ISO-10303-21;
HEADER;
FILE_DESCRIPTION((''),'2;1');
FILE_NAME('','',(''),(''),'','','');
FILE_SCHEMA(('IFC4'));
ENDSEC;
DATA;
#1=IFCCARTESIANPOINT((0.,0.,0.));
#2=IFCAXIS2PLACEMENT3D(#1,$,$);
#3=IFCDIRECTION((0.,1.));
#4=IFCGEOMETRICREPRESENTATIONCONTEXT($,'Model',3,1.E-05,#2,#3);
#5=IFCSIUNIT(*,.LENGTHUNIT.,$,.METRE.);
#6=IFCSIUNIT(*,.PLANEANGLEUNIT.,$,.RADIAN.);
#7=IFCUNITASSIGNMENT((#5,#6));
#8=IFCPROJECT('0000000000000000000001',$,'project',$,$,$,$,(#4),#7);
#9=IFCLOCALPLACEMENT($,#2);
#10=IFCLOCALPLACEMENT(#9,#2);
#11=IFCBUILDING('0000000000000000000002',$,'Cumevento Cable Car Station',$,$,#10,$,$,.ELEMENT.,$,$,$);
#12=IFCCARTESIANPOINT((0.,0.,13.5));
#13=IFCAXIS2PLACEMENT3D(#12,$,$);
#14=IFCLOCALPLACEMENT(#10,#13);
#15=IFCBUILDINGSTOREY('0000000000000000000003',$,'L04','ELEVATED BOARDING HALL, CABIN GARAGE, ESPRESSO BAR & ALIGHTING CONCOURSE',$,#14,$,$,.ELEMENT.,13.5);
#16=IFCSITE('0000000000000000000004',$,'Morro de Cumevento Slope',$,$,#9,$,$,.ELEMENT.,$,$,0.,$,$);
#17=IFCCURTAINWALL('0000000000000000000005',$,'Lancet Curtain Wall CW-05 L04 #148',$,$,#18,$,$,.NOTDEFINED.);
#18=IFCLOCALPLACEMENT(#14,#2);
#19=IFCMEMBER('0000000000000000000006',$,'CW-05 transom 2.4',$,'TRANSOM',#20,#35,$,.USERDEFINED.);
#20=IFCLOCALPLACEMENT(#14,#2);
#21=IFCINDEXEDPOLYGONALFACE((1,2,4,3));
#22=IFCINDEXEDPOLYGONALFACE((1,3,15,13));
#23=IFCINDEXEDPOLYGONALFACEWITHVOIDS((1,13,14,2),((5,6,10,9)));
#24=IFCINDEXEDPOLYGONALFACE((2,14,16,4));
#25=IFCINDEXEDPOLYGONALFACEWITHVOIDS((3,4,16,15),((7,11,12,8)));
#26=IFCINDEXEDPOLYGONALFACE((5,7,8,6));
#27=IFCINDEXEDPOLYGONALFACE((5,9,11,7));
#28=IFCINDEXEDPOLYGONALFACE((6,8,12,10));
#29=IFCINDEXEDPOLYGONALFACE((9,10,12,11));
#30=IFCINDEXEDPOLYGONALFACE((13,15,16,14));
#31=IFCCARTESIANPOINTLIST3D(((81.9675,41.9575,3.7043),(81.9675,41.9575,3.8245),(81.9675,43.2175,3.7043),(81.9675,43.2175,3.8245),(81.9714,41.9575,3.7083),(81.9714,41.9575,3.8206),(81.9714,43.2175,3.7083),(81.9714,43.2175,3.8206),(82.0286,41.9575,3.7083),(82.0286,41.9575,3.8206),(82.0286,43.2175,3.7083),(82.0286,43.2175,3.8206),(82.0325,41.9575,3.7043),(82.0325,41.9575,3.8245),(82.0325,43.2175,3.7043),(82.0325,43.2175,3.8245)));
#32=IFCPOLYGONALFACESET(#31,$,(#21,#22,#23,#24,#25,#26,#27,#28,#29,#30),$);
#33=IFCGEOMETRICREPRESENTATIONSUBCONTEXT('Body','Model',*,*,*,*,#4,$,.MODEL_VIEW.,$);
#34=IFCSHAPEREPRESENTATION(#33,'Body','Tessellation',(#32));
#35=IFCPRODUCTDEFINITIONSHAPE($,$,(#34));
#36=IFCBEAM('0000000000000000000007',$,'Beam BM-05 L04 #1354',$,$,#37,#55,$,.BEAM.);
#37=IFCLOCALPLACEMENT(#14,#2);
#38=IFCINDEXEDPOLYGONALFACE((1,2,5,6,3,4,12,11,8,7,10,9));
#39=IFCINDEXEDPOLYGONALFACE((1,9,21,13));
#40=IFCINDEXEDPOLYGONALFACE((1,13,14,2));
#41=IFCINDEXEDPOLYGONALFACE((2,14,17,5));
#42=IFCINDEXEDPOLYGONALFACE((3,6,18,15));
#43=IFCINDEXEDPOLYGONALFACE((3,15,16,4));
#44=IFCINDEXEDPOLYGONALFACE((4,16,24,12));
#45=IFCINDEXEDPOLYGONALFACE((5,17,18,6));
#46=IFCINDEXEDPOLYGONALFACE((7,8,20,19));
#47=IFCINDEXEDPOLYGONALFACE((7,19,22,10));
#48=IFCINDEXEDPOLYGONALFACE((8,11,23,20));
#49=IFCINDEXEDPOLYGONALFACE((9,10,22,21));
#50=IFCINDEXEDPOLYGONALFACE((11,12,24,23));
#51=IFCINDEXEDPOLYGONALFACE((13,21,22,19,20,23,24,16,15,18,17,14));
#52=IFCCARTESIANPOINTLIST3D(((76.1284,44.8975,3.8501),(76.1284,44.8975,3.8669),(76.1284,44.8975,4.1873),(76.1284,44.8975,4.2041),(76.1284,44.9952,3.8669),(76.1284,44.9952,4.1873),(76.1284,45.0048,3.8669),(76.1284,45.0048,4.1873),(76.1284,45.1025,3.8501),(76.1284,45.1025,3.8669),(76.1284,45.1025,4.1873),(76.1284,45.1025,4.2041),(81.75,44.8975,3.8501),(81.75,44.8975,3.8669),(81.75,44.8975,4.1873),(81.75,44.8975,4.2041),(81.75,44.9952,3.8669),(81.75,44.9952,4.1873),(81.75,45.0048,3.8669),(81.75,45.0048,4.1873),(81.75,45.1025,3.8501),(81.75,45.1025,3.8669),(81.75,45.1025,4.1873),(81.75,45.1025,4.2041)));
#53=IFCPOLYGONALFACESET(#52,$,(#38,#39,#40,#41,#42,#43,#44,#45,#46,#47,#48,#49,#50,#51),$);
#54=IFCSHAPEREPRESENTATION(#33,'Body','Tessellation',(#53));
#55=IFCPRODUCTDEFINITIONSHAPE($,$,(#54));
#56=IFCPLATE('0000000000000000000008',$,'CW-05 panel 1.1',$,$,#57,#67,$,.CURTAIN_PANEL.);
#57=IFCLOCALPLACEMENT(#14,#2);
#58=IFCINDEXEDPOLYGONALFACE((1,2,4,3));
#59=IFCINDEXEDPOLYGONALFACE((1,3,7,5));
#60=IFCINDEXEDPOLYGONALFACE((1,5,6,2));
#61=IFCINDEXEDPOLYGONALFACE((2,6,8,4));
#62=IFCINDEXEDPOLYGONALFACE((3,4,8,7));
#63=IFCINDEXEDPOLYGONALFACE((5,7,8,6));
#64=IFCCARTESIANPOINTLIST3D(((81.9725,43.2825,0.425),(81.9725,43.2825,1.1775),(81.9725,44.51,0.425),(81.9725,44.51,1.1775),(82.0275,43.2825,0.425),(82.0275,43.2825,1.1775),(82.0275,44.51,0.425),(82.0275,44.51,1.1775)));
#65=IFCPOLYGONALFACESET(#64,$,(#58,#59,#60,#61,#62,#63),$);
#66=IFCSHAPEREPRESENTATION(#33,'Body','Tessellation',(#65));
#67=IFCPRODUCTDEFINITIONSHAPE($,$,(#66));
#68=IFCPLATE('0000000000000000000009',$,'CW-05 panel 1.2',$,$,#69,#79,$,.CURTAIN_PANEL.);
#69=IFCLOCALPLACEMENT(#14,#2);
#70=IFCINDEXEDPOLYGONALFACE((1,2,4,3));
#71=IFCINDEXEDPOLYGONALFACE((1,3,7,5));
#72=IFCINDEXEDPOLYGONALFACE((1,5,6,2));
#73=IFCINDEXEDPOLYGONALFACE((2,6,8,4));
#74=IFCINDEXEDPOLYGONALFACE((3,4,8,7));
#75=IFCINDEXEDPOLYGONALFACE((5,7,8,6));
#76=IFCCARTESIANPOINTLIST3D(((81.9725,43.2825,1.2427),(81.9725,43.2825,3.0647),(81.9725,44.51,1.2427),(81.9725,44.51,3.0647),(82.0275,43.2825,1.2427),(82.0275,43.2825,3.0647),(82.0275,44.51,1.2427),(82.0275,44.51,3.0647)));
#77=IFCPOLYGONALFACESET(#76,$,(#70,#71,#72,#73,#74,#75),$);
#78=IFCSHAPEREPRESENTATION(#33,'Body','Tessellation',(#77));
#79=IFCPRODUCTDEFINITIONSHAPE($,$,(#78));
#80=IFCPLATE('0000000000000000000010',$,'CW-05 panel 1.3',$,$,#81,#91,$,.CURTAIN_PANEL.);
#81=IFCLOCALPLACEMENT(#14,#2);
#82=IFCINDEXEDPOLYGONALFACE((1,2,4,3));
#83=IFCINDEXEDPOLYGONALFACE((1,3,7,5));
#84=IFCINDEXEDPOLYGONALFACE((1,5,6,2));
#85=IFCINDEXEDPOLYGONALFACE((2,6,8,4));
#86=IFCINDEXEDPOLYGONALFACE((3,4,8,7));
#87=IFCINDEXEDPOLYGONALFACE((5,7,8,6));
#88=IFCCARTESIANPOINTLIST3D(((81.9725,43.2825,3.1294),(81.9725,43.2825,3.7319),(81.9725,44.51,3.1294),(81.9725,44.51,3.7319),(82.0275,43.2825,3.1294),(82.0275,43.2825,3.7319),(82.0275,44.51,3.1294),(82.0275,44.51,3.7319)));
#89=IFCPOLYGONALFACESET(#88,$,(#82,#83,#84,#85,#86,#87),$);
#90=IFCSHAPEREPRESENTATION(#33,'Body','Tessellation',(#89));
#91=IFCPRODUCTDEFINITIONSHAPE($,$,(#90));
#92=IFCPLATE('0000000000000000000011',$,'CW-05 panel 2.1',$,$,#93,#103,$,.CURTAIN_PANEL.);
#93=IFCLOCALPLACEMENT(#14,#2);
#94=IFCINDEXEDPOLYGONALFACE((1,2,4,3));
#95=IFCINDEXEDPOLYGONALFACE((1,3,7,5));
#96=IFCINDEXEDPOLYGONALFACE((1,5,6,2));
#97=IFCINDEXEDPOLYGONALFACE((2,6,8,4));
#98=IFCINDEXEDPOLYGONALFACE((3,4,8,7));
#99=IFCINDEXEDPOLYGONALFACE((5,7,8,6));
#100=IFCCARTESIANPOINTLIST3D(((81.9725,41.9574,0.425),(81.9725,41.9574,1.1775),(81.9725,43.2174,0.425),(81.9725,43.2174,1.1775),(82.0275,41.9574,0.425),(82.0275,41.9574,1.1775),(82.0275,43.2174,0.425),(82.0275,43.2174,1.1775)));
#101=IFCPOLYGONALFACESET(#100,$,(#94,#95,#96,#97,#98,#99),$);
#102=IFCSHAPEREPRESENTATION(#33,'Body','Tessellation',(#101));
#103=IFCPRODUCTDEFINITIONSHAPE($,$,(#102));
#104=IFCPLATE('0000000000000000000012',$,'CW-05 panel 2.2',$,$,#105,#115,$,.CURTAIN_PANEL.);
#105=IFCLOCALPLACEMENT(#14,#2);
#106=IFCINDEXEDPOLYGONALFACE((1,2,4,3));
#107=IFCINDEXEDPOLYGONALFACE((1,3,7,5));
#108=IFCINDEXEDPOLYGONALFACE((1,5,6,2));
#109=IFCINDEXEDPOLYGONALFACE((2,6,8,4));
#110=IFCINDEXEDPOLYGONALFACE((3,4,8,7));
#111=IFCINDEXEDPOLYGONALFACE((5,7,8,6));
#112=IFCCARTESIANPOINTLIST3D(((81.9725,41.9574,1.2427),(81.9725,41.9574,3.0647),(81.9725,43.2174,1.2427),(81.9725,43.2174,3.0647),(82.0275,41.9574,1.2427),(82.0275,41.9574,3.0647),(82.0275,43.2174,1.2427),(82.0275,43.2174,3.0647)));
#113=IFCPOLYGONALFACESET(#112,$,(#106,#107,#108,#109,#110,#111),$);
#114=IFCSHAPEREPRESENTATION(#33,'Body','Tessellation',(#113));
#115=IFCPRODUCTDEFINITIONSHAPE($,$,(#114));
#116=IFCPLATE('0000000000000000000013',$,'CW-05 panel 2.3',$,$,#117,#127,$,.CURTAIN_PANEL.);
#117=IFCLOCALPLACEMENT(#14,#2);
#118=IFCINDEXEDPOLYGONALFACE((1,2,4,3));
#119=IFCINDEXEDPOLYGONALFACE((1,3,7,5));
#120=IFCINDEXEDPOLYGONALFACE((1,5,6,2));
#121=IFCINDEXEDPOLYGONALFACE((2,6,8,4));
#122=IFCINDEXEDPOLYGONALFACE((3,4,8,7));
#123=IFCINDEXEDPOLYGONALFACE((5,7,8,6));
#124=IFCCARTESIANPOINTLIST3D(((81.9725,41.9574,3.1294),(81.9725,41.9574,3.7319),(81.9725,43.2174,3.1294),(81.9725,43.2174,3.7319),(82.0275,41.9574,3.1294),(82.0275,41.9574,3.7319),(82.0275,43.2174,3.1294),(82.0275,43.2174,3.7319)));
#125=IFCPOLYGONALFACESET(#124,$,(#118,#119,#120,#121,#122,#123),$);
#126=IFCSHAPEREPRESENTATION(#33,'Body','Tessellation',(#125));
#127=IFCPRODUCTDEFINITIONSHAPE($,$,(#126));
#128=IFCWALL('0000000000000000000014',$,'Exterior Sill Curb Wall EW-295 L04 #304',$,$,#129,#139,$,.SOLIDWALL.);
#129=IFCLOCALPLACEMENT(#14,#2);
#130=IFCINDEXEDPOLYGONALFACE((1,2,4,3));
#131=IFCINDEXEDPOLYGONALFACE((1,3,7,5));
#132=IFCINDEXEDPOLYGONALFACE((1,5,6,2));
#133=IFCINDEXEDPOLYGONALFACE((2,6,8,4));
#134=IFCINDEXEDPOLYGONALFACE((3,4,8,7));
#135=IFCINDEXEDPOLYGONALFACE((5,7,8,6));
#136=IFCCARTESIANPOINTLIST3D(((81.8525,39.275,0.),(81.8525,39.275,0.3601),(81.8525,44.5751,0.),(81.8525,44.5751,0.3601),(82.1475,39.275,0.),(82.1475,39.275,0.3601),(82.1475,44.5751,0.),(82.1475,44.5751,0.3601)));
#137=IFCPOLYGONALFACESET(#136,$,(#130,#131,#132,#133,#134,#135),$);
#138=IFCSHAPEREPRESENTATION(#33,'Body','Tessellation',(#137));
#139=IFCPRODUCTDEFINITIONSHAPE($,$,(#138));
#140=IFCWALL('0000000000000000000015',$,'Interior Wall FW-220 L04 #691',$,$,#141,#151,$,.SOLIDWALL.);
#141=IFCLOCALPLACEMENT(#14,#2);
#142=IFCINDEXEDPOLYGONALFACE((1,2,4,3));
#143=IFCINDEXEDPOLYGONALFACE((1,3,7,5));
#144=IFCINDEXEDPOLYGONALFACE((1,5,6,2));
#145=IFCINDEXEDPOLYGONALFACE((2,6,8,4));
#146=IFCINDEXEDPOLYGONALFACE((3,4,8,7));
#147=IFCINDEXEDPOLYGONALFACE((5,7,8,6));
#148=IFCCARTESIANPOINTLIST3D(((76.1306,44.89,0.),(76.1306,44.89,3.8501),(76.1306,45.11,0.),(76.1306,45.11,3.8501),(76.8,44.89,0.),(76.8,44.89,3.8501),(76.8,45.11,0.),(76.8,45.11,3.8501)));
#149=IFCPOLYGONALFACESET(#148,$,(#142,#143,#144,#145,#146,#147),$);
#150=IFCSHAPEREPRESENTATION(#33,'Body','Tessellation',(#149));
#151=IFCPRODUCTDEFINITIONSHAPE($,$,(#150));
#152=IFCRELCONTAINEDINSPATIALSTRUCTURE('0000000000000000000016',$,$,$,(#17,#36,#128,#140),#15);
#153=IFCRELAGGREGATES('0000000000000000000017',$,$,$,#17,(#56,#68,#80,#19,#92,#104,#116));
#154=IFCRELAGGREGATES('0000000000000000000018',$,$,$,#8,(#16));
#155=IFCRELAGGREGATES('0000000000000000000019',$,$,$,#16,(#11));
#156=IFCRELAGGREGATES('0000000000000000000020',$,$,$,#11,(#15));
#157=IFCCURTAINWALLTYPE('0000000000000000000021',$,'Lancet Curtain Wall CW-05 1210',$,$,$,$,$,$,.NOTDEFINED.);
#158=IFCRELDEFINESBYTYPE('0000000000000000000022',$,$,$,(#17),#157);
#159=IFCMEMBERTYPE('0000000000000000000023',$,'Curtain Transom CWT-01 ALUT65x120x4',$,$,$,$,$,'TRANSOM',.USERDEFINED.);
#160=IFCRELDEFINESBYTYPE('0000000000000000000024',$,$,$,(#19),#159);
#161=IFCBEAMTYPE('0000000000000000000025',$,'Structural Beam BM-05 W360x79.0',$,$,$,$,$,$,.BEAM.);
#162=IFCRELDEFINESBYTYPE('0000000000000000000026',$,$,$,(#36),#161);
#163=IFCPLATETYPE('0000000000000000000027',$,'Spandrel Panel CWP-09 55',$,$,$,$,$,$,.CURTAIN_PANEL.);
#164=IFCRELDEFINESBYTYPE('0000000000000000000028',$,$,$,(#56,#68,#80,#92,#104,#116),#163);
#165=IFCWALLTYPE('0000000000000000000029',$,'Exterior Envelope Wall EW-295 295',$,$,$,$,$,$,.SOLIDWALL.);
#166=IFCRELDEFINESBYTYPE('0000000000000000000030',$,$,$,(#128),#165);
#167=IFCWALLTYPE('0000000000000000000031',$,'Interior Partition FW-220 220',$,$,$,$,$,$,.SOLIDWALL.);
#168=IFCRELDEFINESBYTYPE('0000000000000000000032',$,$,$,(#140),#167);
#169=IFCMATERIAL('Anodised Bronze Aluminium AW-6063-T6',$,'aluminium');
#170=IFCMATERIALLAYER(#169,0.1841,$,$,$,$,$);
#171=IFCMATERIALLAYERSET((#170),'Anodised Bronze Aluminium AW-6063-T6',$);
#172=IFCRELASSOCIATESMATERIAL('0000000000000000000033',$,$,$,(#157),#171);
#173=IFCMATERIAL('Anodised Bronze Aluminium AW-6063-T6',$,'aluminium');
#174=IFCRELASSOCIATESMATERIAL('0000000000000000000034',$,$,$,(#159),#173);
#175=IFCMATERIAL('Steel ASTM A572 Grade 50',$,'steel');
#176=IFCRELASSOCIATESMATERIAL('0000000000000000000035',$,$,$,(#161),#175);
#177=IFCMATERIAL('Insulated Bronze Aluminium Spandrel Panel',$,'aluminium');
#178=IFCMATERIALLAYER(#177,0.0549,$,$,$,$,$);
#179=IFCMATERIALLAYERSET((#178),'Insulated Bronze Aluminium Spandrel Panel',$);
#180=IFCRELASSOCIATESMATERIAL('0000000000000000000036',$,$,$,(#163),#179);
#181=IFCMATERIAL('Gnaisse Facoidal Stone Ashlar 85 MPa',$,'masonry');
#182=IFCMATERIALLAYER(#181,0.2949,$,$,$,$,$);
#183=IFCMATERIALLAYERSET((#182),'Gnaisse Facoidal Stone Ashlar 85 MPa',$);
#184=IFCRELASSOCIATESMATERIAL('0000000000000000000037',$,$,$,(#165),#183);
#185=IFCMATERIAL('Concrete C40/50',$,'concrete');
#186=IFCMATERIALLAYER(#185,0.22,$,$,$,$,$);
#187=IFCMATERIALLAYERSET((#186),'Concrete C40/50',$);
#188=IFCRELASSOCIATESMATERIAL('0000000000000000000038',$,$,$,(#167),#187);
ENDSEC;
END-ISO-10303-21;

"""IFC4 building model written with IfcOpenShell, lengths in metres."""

from ifc_helpers import new_model, si_unit, direction, frame, frame_2d, origin, origin_2d, place, context, subcontext, project, spatial, rectangle, hollow_rectangle, i_section, extrude, material, layer, layer_set, material_profile, profile_set, type_object, element, aggregate, save


model = new_model("IFC4")

# Units and contexts
model_context = context("Model", 3, precision=1e-05, world=origin(), true_north=direction((0.0, 1.0)))
body_context = subcontext(model_context, "Body", "Model", "MODEL_VIEW")
ifc_project = project(units=[si_unit("LENGTHUNIT", "METRE"), si_unit("PLANEANGLEUNIT", "RADIAN")], contexts=[model_context])

# Site, building, storey
site_placement = place(None, origin())
site = spatial("IfcSite", under=ifc_project, at=site_placement, Name="Morro de Cumevento Slope", CompositionType="ELEMENT", RefElevation=0.0)
building_placement = place(site_placement, origin())
building = spatial("IfcBuilding", under=site, at=building_placement, Name="Cumevento Cable Car Station", CompositionType="ELEMENT")
storey_placement = place(building_placement, frame((0.0, 0.0, 13.5)))
storey = spatial("IfcBuildingStorey", under=building, at=storey_placement, Name="L04", Description="ELEVATED BOARDING HALL, CABIN GARAGE, ESPRESSO BAR & ALIGHTING CONCOURSE", CompositionType="ELEMENT", Elevation=13.5)

# Curtain wall, member
ifc_material_1 = material(Name="Anodised Bronze Aluminium AW-6063-T6", Category="aluminium")
ifc_layer_1 = layer(ifc_material_1, 0.1841)
ifc_layer_set_1 = layer_set([ifc_layer_1], Name="Anodised Bronze Aluminium AW-6063-T6")
curtain_wall_type = type_object("IfcCurtainWallType", Name="Lancet Curtain Wall CW-05 1210", PredefinedType="NOTDEFINED", material=ifc_layer_set_1)
curtain_wall_placement = place(storey_placement, origin())
curtain_wall = element("IfcCurtainWall", 1, at=curtain_wall_placement, inside=storey, type_object=curtain_wall_type, Name="Lancet Curtain Wall CW-05 L04 #148", PredefinedType="NOTDEFINED")
ifc_material_2 = material(Name="Anodised Bronze Aluminium AW-6063-T6", Category="aluminium")
ifc_material_profile_1 = material_profile(ifc_material_2, hollow_rectangle(XDim=0.0649, YDim=0.1201, WallThickness=0.0039, at=origin_2d()), Name="ALUT65x120x4")
ifc_profile_set_1 = profile_set([ifc_material_profile_1], Name="Anodised Bronze Aluminium AW-6063-T6")
member_type_1 = type_object("IfcMemberType", Name="Curtain Transom CWT-01 ALUT65x120x4", ElementType="TRANSOM", PredefinedType="USERDEFINED", material=ifc_profile_set_1)
member_1_placement = place(storey_placement, frame((82.0, 43.2175, 3.7644), z_axis=(0.0, -1.0, 0.0), x_axis=(1.0, 0.0, 0.0)))
member_1 = element("IfcMember", 2, at=member_1_placement, type_object=member_type_1, Name="CW-05 transom 2.4", ObjectType="TRANSOM", PredefinedType="USERDEFINED", context=body_context, shape_type="SweptSolid", body=[
    extrude(hollow_rectangle(XDim=0.0649, YDim=0.1201, WallThickness=0.0039, at=origin_2d()), origin(), (0.0, 0.0, 1.0), 1.26),
])

# Beam
ifc_material_3 = material(Name="Steel ASTM A572 Grade 50", Category="steel")
ifc_material_profile_2 = material_profile(ifc_material_3, i_section(OverallWidth=0.2051, OverallDepth=0.354, WebThickness=0.0095, FlangeThickness=0.0168, at=origin_2d()), Name="W360x79.0")
ifc_profile_set_2 = profile_set([ifc_material_profile_2], Name="Steel ASTM A572 Grade 50")
beam_type = type_object("IfcBeamType", Name="Structural Beam BM-05 W360x79.0", PredefinedType="BEAM", material=ifc_profile_set_2)
beam_placement = place(storey_placement, frame((76.1284, 45.0, 4.0271), z_axis=(1.0, 0.0, 0.0), x_axis=(0.0, 1.0, 0.0)))
element("IfcBeam", 3, at=beam_placement, inside=storey, type_object=beam_type, Name="Beam BM-05 L04 #1354", PredefinedType="BEAM", context=body_context, shape_type="SweptSolid", body=[
    extrude(i_section(OverallWidth=0.2051, OverallDepth=0.354, WebThickness=0.0095, FlangeThickness=0.0168, at=origin_2d()), origin(), (0.0, 0.0, 1.0), 5.6216),
])

# Plates
ifc_material_4 = material(Name="Insulated Bronze Aluminium Spandrel Panel", Category="aluminium")
ifc_layer_2 = layer(ifc_material_4, 0.0549)
ifc_layer_set_2 = layer_set([ifc_layer_2], Name="Insulated Bronze Aluminium Spandrel Panel")
plate_type = type_object("IfcPlateType", Name="Spandrel Panel CWP-09 55", PredefinedType="CURTAIN_PANEL", material=ifc_layer_set_2)
plate_1_placement = place(storey_placement, frame((82.0, 43.8962, 0.425), z_axis=(0.0, 0.0, 1.0), x_axis=(0.0, -1.0, 0.0)))
plate_1 = element("IfcPlate", 4, at=plate_1_placement, type_object=plate_type, Name="CW-05 panel 1.1", PredefinedType="CURTAIN_PANEL", context=body_context, shape_type="SweptSolid", body=[
    extrude(rectangle(XDim=1.2275, YDim=0.0549, at=origin_2d()), origin(), (0.0, 0.0, 1.0), 0.7524),
])
plate_2_placement = place(storey_placement, frame((82.0, 43.8962, 1.2427), z_axis=(0.0, 0.0, 1.0), x_axis=(0.0, -1.0, 0.0)))
plate_2 = element("IfcPlate", 5, at=plate_2_placement, type_object=plate_type, Name="CW-05 panel 1.2", PredefinedType="CURTAIN_PANEL", context=body_context, shape_type="SweptSolid", body=[
    extrude(rectangle(XDim=1.2275, YDim=0.0549, at=origin_2d()), origin(), (0.0, 0.0, 1.0), 1.822),
])
plate_3_placement = place(storey_placement, frame((82.0, 43.8962, 3.1294), z_axis=(0.0, 0.0, 1.0), x_axis=(0.0, -1.0, 0.0)))
plate_3 = element("IfcPlate", 6, at=plate_3_placement, type_object=plate_type, Name="CW-05 panel 1.3", PredefinedType="CURTAIN_PANEL", context=body_context, shape_type="SweptSolid", body=[
    extrude(rectangle(XDim=1.2275, YDim=0.0549, at=origin_2d()), origin(), (0.0, 0.0, 1.0), 0.6025),
])
plate_4_placement = place(storey_placement, frame((82.0, 42.5874, 0.425), z_axis=(0.0, 0.0, 1.0), x_axis=(0.0, -1.0, 0.0)))
plate_4 = element("IfcPlate", 7, at=plate_4_placement, type_object=plate_type, Name="CW-05 panel 2.1", PredefinedType="CURTAIN_PANEL", context=body_context, shape_type="SweptSolid", body=[
    extrude(rectangle(XDim=1.26, YDim=0.0549, at=origin_2d()), origin(), (0.0, 0.0, 1.0), 0.7524),
])
plate_5_placement = place(storey_placement, frame((82.0, 42.5874, 1.2427), z_axis=(0.0, 0.0, 1.0), x_axis=(0.0, -1.0, 0.0)))
plate_5 = element("IfcPlate", 8, at=plate_5_placement, type_object=plate_type, Name="CW-05 panel 2.2", PredefinedType="CURTAIN_PANEL", context=body_context, shape_type="SweptSolid", body=[
    extrude(rectangle(XDim=1.26, YDim=0.0549, at=origin_2d()), origin(), (0.0, 0.0, 1.0), 1.822),
])
plate_6_placement = place(storey_placement, frame((82.0, 42.5874, 3.1294), z_axis=(0.0, 0.0, 1.0), x_axis=(0.0, -1.0, 0.0)))
plate_6 = element("IfcPlate", 9, at=plate_6_placement, type_object=plate_type, Name="CW-05 panel 2.3", PredefinedType="CURTAIN_PANEL", context=body_context, shape_type="SweptSolid", body=[
    extrude(rectangle(XDim=1.26, YDim=0.0549, at=origin_2d()), origin(), (0.0, 0.0, 1.0), 0.6025),
])
aggregate(curtain_wall, [plate_1, plate_2, plate_3, member_1, plate_4, plate_5, plate_6])

# Walls
ifc_material_5 = material(Name="Gnaisse Facoidal Stone Ashlar 85 MPa", Category="masonry")
ifc_layer_3 = layer(ifc_material_5, 0.2949)
ifc_layer_set_3 = layer_set([ifc_layer_3], Name="Gnaisse Facoidal Stone Ashlar 85 MPa")
wall_type_1 = type_object("IfcWallType", Name="Exterior Envelope Wall EW-295 295", PredefinedType="SOLIDWALL", material=ifc_layer_set_3)
wall_1_placement = place(storey_placement, frame((82.0, 44.575, 0.0), z_axis=(0.0, 0.0, 1.0), x_axis=(0.0, -1.0, 0.0)))
element("IfcWall", 10, at=wall_1_placement, inside=storey, type_object=wall_type_1, Name="Exterior Sill Curb Wall EW-295 L04 #304", PredefinedType="SOLIDWALL", context=body_context, shape_type="SweptSolid", body=[
    extrude(rectangle(XDim=5.3, YDim=0.2949, at=frame_2d((2.6499, 0.0))), origin(), (0.0, 0.0, 1.0), 0.3601),
])
ifc_material_6 = material(Name="Concrete C40/50", Category="concrete")
ifc_layer_4 = layer(ifc_material_6, 0.22)
ifc_layer_set_4 = layer_set([ifc_layer_4], Name="Concrete C40/50")
wall_type_2 = type_object("IfcWallType", Name="Interior Partition FW-220 220", PredefinedType="SOLIDWALL", material=ifc_layer_set_4)
wall_2_placement = place(storey_placement, frame((76.1306, 45.0, 0.0), z_axis=(0.0, 0.0, 1.0), x_axis=(1.0, 0.0, 0.0)))
element("IfcWall", 11, at=wall_2_placement, inside=storey, type_object=wall_type_2, Name="Interior Wall FW-220 L04 #691", PredefinedType="SOLIDWALL", context=body_context, shape_type="SweptSolid", body=[
    extrude(rectangle(XDim=0.6694, YDim=0.22, at=frame_2d((0.3347, 0.0))), origin(), (0.0, 0.0, 1.0), 3.8501),
])

save(model, "model.ifc")
